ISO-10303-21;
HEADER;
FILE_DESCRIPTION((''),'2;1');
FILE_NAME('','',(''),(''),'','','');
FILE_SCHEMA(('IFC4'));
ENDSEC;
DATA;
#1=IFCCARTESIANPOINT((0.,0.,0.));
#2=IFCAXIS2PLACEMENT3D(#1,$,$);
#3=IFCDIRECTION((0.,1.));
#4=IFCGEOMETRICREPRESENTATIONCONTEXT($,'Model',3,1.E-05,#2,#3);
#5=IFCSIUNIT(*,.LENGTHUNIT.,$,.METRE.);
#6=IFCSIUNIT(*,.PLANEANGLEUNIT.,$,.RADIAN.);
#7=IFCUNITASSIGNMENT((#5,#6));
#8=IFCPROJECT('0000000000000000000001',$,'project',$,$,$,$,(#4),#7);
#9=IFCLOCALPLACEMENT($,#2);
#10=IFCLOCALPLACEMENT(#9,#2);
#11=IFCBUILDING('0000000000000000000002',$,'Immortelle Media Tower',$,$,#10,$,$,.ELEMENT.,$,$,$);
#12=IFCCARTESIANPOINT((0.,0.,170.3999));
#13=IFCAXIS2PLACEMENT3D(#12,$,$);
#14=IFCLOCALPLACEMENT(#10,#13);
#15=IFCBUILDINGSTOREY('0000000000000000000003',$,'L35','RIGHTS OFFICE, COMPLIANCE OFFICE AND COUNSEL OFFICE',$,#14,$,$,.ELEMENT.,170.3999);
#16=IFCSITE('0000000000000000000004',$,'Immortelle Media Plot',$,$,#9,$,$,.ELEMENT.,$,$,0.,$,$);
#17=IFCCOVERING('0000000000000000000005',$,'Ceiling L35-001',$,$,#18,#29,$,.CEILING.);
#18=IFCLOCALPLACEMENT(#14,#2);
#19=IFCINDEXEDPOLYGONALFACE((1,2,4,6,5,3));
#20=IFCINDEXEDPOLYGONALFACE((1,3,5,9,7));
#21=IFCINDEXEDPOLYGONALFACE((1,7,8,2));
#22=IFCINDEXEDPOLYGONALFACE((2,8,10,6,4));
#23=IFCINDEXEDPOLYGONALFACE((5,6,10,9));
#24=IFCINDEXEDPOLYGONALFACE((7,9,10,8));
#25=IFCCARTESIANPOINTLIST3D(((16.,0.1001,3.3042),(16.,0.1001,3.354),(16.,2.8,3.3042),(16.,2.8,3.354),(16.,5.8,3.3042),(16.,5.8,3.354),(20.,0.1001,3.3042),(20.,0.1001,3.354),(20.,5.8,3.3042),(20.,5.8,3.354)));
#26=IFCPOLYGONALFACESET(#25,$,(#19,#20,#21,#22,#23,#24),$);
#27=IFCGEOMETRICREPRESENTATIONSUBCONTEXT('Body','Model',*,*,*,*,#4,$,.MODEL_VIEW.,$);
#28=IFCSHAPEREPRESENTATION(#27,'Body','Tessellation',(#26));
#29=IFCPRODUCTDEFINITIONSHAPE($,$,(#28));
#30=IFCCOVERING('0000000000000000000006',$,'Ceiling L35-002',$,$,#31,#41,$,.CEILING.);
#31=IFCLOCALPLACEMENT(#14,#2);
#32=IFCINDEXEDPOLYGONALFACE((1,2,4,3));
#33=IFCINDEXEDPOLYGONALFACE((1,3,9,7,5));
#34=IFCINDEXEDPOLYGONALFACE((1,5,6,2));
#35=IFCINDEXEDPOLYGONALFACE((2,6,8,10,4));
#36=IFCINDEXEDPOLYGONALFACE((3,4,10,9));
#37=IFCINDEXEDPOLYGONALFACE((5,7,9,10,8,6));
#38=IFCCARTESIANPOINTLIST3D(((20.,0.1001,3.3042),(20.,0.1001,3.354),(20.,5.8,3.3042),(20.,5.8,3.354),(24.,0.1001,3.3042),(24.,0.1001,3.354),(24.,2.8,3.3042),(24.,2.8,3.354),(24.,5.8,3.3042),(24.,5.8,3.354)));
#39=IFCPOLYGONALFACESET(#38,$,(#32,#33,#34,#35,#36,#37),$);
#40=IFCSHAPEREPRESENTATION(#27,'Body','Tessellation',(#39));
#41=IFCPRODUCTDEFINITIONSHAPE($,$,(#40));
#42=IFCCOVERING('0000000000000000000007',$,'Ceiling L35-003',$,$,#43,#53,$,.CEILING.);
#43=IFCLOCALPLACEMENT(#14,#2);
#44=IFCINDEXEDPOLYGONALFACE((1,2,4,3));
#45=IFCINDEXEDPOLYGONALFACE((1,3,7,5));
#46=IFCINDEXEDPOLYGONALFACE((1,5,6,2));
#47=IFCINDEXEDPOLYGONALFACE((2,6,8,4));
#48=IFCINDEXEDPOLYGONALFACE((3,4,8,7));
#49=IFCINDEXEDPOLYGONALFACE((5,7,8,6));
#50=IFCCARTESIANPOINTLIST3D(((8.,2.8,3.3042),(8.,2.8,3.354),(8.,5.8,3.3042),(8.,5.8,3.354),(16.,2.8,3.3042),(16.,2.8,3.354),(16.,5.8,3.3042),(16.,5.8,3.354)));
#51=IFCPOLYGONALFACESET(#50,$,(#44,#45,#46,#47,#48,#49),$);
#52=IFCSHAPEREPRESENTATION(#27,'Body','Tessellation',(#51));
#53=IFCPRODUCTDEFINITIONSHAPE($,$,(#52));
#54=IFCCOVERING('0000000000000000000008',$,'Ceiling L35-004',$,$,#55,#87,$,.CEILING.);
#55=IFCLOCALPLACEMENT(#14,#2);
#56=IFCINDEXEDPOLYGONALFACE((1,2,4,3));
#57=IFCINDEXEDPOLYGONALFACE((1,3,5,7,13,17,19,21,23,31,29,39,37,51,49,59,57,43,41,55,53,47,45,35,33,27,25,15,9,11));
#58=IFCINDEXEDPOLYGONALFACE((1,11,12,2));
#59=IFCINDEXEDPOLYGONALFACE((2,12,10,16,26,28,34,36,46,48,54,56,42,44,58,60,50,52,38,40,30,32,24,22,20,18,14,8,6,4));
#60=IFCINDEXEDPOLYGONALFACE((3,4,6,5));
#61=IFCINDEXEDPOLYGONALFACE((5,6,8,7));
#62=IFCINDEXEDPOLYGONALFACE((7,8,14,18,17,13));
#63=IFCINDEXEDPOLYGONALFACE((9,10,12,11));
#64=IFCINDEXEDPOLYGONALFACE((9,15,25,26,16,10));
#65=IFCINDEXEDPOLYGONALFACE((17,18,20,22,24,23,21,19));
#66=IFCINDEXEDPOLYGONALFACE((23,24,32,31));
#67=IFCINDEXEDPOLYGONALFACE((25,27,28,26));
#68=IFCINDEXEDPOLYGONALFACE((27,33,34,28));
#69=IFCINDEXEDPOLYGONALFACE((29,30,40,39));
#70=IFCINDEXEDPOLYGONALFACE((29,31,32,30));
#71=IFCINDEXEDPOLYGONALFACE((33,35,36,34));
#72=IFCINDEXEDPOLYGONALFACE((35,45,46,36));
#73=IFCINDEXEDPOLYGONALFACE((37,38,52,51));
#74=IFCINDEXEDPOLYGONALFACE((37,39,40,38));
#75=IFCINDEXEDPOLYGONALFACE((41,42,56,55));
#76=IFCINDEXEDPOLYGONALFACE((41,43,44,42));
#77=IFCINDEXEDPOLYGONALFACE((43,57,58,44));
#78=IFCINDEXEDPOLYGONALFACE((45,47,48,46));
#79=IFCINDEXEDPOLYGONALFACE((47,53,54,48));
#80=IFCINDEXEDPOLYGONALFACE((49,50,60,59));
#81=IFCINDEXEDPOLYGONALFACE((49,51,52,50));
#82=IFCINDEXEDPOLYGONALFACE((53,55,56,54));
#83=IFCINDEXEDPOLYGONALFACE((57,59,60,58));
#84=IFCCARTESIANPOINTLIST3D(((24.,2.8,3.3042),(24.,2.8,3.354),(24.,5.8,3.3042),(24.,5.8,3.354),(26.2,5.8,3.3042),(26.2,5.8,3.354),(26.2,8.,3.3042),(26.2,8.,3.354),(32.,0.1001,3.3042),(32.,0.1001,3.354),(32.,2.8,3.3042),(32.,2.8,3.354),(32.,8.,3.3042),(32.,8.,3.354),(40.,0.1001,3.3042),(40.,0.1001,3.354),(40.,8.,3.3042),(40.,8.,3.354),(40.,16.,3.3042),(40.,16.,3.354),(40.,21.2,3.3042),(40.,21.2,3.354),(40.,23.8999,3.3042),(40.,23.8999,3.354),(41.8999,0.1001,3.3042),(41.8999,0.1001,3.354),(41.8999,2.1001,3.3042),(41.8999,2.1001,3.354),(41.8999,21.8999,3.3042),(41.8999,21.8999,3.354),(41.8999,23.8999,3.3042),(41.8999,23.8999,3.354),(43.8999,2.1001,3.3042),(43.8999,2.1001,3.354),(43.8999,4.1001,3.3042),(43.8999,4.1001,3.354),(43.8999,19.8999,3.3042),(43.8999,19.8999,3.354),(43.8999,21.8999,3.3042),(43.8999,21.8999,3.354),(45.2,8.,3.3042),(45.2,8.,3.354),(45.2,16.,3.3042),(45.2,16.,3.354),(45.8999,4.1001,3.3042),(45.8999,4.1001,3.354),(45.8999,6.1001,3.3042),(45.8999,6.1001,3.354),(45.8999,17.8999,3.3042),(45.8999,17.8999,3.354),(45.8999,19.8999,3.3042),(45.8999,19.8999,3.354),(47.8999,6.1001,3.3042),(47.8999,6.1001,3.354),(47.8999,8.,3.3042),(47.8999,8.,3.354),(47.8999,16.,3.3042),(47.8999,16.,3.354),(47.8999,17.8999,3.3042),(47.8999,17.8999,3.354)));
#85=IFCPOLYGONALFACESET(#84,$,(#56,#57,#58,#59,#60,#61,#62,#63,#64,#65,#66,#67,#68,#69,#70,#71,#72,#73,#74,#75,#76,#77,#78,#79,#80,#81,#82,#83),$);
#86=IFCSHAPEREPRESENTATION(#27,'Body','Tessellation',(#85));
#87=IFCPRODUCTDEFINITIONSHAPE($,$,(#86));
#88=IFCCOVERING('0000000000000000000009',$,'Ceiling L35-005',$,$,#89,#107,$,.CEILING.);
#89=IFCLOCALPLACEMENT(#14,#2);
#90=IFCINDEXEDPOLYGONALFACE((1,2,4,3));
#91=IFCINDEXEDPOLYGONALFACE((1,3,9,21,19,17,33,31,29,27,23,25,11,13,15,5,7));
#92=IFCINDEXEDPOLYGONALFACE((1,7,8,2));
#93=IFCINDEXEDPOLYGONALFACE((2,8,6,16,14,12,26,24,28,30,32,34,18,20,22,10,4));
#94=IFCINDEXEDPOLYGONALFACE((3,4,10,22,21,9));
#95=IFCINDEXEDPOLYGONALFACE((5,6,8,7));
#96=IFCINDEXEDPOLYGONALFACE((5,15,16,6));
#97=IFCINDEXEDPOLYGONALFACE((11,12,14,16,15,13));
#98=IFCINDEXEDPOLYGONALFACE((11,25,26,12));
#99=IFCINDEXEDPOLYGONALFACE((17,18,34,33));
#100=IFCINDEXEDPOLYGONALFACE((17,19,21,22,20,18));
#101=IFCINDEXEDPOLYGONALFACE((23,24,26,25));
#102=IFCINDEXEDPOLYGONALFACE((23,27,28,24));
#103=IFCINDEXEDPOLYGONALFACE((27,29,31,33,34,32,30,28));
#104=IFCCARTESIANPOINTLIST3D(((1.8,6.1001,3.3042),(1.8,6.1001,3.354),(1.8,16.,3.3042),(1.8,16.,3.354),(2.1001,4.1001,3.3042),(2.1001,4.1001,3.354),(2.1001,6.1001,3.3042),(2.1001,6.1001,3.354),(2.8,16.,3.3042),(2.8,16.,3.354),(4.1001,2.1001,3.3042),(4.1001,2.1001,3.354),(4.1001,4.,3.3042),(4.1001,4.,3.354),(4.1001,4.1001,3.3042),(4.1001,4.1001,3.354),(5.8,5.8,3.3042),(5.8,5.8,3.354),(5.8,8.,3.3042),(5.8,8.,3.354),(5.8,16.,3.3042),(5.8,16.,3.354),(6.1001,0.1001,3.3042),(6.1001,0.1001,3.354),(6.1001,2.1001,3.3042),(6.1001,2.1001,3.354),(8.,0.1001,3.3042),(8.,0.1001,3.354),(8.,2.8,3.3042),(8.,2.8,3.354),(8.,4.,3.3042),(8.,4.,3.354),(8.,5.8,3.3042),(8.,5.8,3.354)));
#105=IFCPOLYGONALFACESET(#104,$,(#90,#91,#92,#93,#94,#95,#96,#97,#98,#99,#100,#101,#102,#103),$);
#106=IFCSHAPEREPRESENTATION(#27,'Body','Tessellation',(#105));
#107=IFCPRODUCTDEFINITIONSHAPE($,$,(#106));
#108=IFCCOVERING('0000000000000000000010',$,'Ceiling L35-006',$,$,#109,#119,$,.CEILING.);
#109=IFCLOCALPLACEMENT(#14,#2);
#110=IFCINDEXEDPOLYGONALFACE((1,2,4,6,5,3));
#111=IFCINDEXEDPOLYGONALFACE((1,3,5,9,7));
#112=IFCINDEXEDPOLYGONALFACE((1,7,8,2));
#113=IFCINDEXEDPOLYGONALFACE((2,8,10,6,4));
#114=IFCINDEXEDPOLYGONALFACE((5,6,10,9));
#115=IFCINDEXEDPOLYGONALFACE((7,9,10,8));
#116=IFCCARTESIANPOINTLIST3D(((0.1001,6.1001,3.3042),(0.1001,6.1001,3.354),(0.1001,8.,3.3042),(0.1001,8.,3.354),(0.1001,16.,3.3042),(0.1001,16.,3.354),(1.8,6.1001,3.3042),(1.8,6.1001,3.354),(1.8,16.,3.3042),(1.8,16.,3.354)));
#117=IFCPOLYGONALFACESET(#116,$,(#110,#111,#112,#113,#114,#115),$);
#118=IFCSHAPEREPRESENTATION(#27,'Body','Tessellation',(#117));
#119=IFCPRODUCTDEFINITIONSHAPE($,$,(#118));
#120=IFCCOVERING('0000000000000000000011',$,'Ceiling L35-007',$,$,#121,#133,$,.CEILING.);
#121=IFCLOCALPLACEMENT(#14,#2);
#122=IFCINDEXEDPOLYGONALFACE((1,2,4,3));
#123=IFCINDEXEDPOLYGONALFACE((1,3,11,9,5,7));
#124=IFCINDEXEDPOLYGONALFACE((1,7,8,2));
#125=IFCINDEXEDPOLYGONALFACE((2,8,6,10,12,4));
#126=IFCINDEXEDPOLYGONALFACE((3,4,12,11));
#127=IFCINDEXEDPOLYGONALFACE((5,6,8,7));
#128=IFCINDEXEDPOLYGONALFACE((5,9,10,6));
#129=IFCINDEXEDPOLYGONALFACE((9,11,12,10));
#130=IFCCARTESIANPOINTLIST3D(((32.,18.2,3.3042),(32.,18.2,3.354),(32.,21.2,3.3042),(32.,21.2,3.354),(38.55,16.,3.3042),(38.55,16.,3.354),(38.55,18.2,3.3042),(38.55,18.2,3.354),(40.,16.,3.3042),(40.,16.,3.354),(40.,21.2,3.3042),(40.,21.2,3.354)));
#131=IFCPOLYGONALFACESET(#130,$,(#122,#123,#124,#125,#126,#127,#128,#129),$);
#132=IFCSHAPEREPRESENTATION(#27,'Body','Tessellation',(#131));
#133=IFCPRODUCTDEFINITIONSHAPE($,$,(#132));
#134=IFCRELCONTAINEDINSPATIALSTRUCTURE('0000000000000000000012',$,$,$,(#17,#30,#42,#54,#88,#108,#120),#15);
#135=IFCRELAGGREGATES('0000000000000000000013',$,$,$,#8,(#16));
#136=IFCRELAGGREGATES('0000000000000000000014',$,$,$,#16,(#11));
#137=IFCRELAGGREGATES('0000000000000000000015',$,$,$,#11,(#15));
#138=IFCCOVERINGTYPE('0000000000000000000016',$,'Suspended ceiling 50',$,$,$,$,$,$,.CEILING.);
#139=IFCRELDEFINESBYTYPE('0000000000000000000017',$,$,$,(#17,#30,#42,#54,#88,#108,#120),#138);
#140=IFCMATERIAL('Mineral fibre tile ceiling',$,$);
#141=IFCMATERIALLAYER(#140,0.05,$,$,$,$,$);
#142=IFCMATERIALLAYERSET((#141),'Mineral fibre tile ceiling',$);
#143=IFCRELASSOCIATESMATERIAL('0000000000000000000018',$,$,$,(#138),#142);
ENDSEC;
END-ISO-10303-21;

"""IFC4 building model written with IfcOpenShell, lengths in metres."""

from ifc_helpers import new_model, si_unit, direction, frame, origin, place, context, subcontext, project, spatial, polyline, outline, extrude, material, layer, layer_set, type_object, element, save


model = new_model("IFC4")

# Units and contexts
model_context = context("Model", 3, precision=1e-05, world=origin(), true_north=direction((0.0, 1.0)))
body_context = subcontext(model_context, "Body", "Model", "MODEL_VIEW")
ifc_project = project(units=[si_unit("LENGTHUNIT", "METRE"), si_unit("PLANEANGLEUNIT", "RADIAN")], contexts=[model_context])

# Site, building, storey
site_placement = place(None, origin())
site = spatial("IfcSite", under=ifc_project, at=site_placement, Name="Immortelle Media Plot", CompositionType="ELEMENT", RefElevation=0.0)
building_placement = place(site_placement, origin())
building = spatial("IfcBuilding", under=site, at=building_placement, Name="Immortelle Media Tower", CompositionType="ELEMENT")
storey_placement = place(building_placement, frame((0.0, 0.0, 170.3999)))
storey = spatial("IfcBuildingStorey", under=building, at=storey_placement, Name="L35", Description="RIGHTS OFFICE, COMPLIANCE OFFICE AND COUNSEL OFFICE", CompositionType="ELEMENT", Elevation=170.3999)

# Coverings
ifc_material_1 = material(Name="Mineral fibre tile ceiling")
ifc_layer_1 = layer(ifc_material_1, 0.05)
ifc_layer_set_1 = layer_set([ifc_layer_1], Name="Mineral fibre tile ceiling")
covering_type = type_object("IfcCoveringType", Name="Suspended ceiling 50", PredefinedType="CEILING", material=ifc_layer_set_1)
covering_1_placement = place(storey_placement, frame((0.0, 0.0, 3.3042)))
element("IfcCovering", 1, at=covering_1_placement, inside=storey, type_object=covering_type, Name="Ceiling L35-001", PredefinedType="CEILING", context=body_context, shape_type="SweptSolid", body=[
    extrude(outline(polyline([(16.0, 2.8), (16.0, 5.8), (20.0, 5.8), (20.0, 0.1001), (16.0, 0.1001), (16.0, 2.8)])), origin(), (0.0, 0.0, 1.0), 0.0498),
])
covering_2_placement = place(storey_placement, frame((0.0, 0.0, 3.3042)))
element("IfcCovering", 2, at=covering_2_placement, inside=storey, type_object=covering_type, Name="Ceiling L35-002", PredefinedType="CEILING", context=body_context, shape_type="SweptSolid", body=[
    extrude(outline(polyline([(24.0, 5.8), (24.0, 2.8), (24.0, 0.1001), (20.0, 0.1001), (20.0, 5.8), (24.0, 5.8)])), origin(), (0.0, 0.0, 1.0), 0.0498),
])
covering_3_placement = place(storey_placement, frame((0.0, 0.0, 3.3042)))
element("IfcCovering", 3, at=covering_3_placement, inside=storey, type_object=covering_type, Name="Ceiling L35-003", PredefinedType="CEILING", context=body_context, shape_type="SweptSolid", body=[
    extrude(outline(polyline([(8.0, 2.8), (8.0, 5.8), (16.0, 5.8), (16.0, 2.8), (8.0, 2.8)])), origin(), (0.0, 0.0, 1.0), 0.0498),
])
covering_4_placement = place(storey_placement, frame((0.0, 0.0, 3.3042)))
element("IfcCovering", 4, at=covering_4_placement, inside=storey, type_object=covering_type, Name="Ceiling L35-004", PredefinedType="CEILING", context=body_context, shape_type="SweptSolid", body=[
    extrude(outline(polyline([(26.2, 5.8), (26.2, 8.0), (32.0, 8.0), (40.0, 8.0), (40.0, 16.0), (40.0, 21.2), (40.0, 23.8999), (41.8999, 23.8999), (41.8999, 21.8999), (43.8999, 21.8999), (43.8999, 19.8999), (45.8999, 19.8999), (45.8999, 17.8999), (47.8999, 17.8999), (47.8999, 16.0), (45.2, 16.0), (45.2, 8.0), (47.8999, 8.0), (47.8999, 6.1001), (45.8999, 6.1001), (45.8999, 4.1001), (43.8999, 4.1001), (43.8999, 2.1001), (41.8999, 2.1001), (41.8999, 0.1001), (40.0, 0.1001), (32.0, 0.1001), (32.0, 2.8), (24.0, 2.8), (24.0, 5.8), (26.2, 5.8)])), origin(), (0.0, 0.0, 1.0), 0.0498),
])
covering_5_placement = place(storey_placement, frame((0.0, 0.0, 3.3042)))
element("IfcCovering", 5, at=covering_5_placement, inside=storey, type_object=covering_type, Name="Ceiling L35-005", PredefinedType="CEILING", context=body_context, shape_type="SweptSolid", body=[
    extrude(outline(polyline([(4.1001, 4.1001), (2.1001, 4.1001), (2.1001, 6.1001), (1.8, 6.1001), (1.8, 16.0), (2.8, 16.0), (5.8, 16.0), (5.8, 8.0), (5.8, 5.8), (8.0, 5.8), (8.0, 4.0), (8.0, 2.8), (8.0, 0.1001), (6.1001, 0.1001), (6.1001, 2.1001), (4.1001, 2.1001), (4.1001, 4.0), (4.1001, 4.1001)])), origin(), (0.0, 0.0, 1.0), 0.0498),
])
covering_6_placement = place(storey_placement, frame((0.0, 0.0, 3.3042)))
element("IfcCovering", 6, at=covering_6_placement, inside=storey, type_object=covering_type, Name="Ceiling L35-006", PredefinedType="CEILING", context=body_context, shape_type="SweptSolid", body=[
    extrude(outline(polyline([(0.1001, 6.1001), (0.1001, 8.0), (0.1001, 16.0), (1.8, 16.0), (1.8, 6.1001), (0.1001, 6.1001)])), origin(), (0.0, 0.0, 1.0), 0.0498),
])
covering_7_placement = place(storey_placement, frame((0.0, 0.0, 3.3042)))
element("IfcCovering", 7, at=covering_7_placement, inside=storey, type_object=covering_type, Name="Ceiling L35-007", PredefinedType="CEILING", context=body_context, shape_type="SweptSolid", body=[
    extrude(outline(polyline([(38.55, 16.0), (38.55, 18.2), (32.0, 18.2), (32.0, 21.2), (40.0, 21.2), (40.0, 16.0), (38.55, 16.0)])), origin(), (0.0, 0.0, 1.0), 0.0498),
])

save(model, "model.ifc")
